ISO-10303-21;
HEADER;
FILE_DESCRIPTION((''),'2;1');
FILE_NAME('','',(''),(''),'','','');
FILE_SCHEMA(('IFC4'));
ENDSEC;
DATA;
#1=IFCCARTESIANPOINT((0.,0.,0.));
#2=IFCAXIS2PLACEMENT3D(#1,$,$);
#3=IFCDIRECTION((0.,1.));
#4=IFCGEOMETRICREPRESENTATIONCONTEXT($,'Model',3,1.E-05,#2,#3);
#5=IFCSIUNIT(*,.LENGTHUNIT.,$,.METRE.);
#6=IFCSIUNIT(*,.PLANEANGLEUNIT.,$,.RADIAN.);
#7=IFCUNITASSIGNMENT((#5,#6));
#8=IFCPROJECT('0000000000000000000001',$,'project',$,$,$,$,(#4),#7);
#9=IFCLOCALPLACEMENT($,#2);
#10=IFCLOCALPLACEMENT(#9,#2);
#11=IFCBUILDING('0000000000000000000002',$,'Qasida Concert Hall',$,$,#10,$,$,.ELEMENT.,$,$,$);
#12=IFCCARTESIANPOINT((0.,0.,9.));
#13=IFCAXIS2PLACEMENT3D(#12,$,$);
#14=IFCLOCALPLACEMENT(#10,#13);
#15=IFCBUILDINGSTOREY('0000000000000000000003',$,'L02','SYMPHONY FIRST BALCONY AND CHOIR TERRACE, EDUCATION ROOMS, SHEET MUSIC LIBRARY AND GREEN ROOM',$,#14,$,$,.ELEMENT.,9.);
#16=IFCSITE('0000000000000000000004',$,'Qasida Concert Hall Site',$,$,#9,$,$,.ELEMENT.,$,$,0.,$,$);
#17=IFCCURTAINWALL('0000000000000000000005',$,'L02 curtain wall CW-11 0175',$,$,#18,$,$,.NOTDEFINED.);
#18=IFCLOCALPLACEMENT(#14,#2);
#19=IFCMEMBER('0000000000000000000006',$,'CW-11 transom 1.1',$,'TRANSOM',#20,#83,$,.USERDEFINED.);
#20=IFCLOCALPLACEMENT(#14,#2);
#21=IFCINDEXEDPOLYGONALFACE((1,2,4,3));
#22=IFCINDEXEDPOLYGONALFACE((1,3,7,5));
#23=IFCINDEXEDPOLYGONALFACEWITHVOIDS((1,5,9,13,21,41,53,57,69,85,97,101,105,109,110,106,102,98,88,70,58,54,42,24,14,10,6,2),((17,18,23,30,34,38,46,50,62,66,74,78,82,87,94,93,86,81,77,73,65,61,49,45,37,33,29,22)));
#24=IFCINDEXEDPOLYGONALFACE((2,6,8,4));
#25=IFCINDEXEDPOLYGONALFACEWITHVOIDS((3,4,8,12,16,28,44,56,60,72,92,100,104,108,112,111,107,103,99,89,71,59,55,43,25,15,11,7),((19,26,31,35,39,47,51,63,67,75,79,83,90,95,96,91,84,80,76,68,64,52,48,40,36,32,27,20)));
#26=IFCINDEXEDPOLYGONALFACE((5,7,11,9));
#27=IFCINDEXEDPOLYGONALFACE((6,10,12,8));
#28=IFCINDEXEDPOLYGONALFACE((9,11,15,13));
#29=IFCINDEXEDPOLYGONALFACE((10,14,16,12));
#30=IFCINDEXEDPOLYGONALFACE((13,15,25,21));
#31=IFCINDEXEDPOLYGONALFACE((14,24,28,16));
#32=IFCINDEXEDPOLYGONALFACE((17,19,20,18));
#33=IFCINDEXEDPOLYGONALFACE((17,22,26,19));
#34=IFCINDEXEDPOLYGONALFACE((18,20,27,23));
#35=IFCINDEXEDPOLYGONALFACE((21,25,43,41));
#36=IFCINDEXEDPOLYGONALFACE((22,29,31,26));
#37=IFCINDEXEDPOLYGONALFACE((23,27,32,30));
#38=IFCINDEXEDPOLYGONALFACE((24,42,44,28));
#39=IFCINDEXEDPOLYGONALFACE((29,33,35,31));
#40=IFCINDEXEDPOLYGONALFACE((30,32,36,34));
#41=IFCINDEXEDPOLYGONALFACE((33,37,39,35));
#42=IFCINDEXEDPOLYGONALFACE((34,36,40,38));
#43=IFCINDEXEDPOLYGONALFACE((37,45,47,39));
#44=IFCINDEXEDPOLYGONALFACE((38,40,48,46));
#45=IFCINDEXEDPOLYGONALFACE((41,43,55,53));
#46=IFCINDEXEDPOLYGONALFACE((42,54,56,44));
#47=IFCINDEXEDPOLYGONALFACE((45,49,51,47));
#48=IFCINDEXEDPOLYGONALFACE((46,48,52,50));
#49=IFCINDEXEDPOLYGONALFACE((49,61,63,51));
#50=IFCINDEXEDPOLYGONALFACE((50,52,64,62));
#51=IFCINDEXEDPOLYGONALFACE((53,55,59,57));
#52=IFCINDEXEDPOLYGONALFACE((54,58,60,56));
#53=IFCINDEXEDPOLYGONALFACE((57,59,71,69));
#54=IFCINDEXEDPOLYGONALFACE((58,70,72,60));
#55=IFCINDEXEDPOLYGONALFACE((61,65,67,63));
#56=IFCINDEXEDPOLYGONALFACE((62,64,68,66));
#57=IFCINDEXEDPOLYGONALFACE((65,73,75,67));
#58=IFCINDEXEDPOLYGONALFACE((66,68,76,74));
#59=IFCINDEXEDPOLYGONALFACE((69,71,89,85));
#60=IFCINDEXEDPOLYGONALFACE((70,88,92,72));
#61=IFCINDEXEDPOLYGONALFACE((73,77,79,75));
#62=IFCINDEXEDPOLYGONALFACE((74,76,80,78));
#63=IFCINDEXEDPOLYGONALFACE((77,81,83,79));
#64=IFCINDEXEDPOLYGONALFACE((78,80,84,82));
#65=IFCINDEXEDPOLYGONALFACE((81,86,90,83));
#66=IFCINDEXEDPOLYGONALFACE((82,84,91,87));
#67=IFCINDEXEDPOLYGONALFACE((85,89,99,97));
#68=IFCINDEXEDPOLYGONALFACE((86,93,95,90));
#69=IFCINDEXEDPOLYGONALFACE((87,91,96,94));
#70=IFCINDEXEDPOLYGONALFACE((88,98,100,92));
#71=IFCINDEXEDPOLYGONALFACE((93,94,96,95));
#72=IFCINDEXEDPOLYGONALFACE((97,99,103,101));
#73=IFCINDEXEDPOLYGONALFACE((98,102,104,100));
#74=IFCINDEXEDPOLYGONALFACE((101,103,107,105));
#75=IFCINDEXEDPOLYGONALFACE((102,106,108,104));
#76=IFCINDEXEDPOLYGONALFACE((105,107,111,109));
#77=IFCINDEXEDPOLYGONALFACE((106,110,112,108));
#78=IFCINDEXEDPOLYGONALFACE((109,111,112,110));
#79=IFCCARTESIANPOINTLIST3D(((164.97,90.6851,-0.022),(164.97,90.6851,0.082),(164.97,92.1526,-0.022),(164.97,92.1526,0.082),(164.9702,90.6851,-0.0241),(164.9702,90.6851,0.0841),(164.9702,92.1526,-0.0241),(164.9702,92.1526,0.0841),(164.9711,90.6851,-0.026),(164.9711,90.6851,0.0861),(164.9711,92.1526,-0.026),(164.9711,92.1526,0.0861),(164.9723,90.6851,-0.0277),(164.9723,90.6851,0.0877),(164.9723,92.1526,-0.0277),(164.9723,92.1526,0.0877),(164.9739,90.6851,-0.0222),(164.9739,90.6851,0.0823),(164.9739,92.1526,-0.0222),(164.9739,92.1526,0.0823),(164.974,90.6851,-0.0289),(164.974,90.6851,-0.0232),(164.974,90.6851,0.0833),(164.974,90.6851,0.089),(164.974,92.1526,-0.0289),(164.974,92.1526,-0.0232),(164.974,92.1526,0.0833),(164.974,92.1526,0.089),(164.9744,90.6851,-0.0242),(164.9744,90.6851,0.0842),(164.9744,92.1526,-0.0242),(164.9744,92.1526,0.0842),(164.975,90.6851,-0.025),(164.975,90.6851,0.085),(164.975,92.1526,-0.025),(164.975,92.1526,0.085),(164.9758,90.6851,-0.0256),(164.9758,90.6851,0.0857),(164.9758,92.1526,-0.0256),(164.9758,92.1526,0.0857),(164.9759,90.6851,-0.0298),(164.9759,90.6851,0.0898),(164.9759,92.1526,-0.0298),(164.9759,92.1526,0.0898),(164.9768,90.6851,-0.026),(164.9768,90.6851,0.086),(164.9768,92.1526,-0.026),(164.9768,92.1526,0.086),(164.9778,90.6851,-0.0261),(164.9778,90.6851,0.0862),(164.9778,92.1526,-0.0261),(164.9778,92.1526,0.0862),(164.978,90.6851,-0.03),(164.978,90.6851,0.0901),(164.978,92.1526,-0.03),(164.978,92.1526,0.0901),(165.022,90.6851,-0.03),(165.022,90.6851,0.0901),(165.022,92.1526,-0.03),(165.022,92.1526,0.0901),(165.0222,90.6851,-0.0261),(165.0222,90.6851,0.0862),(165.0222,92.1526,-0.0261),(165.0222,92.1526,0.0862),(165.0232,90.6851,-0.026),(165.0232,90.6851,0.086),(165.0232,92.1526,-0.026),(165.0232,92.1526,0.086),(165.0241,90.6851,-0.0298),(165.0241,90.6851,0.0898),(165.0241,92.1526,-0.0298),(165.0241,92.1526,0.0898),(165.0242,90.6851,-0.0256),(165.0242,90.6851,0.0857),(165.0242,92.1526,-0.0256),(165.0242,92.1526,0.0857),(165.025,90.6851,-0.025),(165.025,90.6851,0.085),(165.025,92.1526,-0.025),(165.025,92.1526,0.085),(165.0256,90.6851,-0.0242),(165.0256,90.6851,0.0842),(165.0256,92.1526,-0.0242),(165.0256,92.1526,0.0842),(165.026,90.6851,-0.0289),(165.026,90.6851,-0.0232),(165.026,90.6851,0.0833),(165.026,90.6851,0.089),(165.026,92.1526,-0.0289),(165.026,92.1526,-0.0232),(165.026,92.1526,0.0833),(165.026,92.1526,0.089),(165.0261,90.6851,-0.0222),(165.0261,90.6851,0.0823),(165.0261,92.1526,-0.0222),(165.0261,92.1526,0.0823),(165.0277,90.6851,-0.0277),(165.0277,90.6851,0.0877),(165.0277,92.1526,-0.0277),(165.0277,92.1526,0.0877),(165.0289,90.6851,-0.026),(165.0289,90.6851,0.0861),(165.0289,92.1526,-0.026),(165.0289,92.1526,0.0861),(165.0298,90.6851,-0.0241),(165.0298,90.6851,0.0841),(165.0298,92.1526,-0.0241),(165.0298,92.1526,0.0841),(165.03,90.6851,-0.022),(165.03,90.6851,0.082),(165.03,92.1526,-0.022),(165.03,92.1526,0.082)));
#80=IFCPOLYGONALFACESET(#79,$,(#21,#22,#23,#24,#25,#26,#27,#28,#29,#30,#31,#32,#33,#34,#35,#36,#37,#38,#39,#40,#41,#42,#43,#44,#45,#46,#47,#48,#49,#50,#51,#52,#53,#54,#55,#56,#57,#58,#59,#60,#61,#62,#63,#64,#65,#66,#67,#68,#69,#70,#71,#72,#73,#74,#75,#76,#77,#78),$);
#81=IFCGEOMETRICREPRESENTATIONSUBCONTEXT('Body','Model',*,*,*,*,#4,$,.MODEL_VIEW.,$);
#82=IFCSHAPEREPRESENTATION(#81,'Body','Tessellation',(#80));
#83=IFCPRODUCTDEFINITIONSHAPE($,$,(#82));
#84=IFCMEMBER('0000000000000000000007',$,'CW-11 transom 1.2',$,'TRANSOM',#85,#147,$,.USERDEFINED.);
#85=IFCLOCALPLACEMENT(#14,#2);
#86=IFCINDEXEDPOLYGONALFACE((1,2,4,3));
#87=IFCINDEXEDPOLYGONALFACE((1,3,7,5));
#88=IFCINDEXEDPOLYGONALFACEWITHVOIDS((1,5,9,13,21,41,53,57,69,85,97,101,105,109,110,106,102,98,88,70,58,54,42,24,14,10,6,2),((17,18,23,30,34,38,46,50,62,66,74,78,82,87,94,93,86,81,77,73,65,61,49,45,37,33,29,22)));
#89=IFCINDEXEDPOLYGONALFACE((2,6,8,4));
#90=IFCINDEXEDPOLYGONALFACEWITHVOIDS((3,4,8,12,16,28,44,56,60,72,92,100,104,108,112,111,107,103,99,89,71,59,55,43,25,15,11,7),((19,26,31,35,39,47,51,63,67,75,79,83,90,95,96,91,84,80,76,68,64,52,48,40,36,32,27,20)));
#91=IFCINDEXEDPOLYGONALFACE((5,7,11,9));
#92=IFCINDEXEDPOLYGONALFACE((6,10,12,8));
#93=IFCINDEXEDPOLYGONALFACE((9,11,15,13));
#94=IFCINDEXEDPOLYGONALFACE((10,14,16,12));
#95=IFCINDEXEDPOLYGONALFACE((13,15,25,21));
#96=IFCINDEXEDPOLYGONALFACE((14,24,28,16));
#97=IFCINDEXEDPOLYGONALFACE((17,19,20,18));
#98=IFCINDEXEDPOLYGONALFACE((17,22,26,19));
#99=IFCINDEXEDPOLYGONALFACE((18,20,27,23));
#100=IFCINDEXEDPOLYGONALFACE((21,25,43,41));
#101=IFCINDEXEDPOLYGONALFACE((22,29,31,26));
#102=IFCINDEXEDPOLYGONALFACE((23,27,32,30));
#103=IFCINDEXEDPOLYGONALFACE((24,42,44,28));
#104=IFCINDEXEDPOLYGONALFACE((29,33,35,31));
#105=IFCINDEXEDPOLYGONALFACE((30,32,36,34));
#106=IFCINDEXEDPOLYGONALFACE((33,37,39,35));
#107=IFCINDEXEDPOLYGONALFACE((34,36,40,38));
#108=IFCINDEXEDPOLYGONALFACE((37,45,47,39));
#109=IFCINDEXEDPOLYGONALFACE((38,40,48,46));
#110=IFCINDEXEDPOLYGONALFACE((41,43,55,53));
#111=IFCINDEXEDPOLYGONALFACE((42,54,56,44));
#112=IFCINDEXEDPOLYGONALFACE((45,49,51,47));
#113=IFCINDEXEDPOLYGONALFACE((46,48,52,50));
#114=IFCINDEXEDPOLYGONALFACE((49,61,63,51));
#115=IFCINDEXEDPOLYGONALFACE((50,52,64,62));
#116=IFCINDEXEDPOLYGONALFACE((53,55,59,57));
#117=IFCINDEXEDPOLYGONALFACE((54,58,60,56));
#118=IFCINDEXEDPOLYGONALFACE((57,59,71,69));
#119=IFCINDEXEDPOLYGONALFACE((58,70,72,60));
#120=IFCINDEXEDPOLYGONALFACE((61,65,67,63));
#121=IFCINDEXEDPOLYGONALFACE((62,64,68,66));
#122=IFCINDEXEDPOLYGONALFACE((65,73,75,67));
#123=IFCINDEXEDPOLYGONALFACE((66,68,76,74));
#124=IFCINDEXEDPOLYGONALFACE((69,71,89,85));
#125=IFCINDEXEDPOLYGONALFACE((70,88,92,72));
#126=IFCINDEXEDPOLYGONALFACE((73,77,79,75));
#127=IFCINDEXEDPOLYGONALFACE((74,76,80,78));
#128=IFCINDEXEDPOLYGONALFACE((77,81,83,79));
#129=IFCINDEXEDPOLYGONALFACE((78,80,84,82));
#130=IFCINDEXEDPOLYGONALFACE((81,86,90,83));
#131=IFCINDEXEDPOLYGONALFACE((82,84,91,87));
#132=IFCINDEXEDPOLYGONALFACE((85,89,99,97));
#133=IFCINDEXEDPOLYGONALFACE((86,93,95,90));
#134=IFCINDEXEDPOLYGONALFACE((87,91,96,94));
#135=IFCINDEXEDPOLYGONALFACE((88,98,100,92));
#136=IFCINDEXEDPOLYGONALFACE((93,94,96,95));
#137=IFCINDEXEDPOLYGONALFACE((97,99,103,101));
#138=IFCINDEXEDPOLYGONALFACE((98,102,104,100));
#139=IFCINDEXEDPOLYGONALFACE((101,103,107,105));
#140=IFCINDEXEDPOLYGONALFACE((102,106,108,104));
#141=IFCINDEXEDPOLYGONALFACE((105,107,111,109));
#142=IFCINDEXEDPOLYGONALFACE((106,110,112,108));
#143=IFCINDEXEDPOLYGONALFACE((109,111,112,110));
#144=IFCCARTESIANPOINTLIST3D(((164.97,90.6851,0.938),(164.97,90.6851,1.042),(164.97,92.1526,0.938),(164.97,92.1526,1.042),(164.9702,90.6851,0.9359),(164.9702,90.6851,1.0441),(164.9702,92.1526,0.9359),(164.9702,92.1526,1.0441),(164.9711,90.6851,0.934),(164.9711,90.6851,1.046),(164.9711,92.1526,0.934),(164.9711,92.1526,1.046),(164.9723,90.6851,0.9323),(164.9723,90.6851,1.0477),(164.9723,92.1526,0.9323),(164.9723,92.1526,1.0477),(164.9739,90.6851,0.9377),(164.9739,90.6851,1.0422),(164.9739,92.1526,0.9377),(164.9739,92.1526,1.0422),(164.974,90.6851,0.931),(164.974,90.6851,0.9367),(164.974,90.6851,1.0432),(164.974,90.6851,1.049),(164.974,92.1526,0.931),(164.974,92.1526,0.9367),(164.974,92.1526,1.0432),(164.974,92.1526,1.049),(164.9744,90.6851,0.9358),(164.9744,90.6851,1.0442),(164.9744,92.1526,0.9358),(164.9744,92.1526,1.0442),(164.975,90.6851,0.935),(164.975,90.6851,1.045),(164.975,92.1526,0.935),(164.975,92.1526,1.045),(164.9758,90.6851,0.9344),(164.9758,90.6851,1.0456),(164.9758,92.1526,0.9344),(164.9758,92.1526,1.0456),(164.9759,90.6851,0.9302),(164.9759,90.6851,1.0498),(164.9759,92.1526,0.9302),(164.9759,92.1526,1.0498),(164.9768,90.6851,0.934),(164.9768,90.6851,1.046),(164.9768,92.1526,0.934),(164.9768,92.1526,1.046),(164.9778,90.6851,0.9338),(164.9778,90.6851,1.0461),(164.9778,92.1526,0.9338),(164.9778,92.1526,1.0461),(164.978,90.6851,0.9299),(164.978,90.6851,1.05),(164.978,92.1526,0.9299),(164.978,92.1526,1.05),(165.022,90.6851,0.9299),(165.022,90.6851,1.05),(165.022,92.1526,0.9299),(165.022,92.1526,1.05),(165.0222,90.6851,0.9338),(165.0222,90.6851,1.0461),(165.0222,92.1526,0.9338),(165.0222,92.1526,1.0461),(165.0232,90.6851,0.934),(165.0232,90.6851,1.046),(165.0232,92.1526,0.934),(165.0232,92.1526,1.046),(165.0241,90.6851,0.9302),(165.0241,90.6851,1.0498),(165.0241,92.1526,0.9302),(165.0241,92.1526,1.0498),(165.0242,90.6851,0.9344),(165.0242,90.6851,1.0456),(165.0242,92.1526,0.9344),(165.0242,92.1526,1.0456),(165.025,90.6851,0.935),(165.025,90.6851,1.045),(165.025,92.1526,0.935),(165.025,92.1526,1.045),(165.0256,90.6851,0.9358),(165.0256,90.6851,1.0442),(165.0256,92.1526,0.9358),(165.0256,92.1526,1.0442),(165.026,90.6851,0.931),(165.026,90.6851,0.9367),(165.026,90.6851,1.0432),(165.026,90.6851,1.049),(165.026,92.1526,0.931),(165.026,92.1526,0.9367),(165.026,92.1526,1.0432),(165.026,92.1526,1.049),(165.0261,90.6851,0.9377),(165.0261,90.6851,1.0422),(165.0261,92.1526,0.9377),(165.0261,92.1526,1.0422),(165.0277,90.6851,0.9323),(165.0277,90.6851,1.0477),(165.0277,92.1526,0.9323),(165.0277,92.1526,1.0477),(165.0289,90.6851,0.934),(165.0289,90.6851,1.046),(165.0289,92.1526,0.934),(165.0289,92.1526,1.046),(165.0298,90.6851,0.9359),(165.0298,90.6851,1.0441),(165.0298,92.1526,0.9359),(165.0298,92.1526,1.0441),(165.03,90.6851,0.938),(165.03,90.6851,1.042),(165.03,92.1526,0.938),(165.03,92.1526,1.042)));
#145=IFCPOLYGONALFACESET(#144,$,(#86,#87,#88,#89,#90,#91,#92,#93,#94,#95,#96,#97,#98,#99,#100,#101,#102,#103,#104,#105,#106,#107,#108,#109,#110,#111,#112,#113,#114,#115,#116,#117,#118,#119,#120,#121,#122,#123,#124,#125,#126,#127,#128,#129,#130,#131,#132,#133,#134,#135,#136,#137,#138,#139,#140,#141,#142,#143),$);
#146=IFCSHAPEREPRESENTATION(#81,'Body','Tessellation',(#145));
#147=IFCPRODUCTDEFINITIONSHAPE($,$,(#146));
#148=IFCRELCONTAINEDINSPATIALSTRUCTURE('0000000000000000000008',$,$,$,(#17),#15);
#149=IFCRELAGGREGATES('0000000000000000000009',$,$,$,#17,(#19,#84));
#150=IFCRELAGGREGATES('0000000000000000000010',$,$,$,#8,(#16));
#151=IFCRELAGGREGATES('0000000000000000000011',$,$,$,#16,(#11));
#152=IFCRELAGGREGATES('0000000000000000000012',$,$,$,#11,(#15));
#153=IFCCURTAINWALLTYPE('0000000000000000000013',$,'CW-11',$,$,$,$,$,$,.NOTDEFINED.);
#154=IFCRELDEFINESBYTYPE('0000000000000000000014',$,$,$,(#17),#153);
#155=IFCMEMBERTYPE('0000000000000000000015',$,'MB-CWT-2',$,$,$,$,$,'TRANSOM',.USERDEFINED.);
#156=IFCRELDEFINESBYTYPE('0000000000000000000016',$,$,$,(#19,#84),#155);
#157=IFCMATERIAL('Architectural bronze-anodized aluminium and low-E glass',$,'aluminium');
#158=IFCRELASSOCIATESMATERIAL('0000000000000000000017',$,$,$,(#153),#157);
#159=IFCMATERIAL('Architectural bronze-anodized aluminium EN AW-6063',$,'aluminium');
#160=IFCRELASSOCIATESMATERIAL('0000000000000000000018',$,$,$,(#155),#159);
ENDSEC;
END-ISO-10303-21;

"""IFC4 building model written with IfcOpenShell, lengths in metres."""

from ifc_helpers import new_model, si_unit, direction, frame, origin, origin_2d, place, context, subcontext, project, spatial, hollow_rectangle, extrude, material, material_profile, profile_set, type_object, element, aggregate, save


model = new_model("IFC4")

# Units and contexts
model_context = context("Model", 3, precision=1e-05, world=origin(), true_north=direction((0.0, 1.0)))
body_context = subcontext(model_context, "Body", "Model", "MODEL_VIEW")
ifc_project = project(units=[si_unit("LENGTHUNIT", "METRE"), si_unit("PLANEANGLEUNIT", "RADIAN")], contexts=[model_context])

# Site, building, storey
site_placement = place(None, origin())
site = spatial("IfcSite", under=ifc_project, at=site_placement, Name="Qasida Concert Hall Site", CompositionType="ELEMENT", RefElevation=0.0)
building_placement = place(site_placement, origin())
building = spatial("IfcBuilding", under=site, at=building_placement, Name="Qasida Concert Hall", CompositionType="ELEMENT")
storey_placement = place(building_placement, frame((0.0, 0.0, 9.0)))
storey = spatial("IfcBuildingStorey", under=building, at=storey_placement, Name="L02", Description="SYMPHONY FIRST BALCONY AND CHOIR TERRACE, EDUCATION ROOMS, SHEET MUSIC LIBRARY AND GREEN ROOM", CompositionType="ELEMENT", Elevation=9.0)

# Curtain wall, members
ifc_material_1 = material(Name="Architectural bronze-anodized aluminium and low-E glass", Category="aluminium")
curtain_wall_type = type_object("IfcCurtainWallType", Name="CW-11", PredefinedType="NOTDEFINED", material=ifc_material_1)
curtain_wall_placement = place(storey_placement, origin())
curtain_wall = element("IfcCurtainWall", 1, at=curtain_wall_placement, inside=storey, type_object=curtain_wall_type, Name="L02 curtain wall CW-11 0175", PredefinedType="NOTDEFINED")
ifc_material_2 = material(Name="Architectural bronze-anodized aluminium EN AW-6063", Category="aluminium")
ifc_material_profile_1 = material_profile(ifc_material_2, hollow_rectangle(XDim=0.0601, YDim=0.1201, WallThickness=0.0039, InnerFilletRadius=0.0039, OuterFilletRadius=0.0081, at=origin_2d()), Name="CWT 120x60x4")
ifc_profile_set_1 = profile_set([ifc_material_profile_1], Name="Architectural bronze-anodized aluminium EN AW-6063")
member_type_1 = type_object("IfcMemberType", Name="MB-CWT-2", ElementType="TRANSOM", PredefinedType="USERDEFINED", material=ifc_profile_set_1)
member_1_placement = place(storey_placement, frame((165.0, 90.6851, 0.03), z_axis=(0.0, 1.0, 0.0), x_axis=(-1.0, 0.0, 0.0)))
member_1 = element("IfcMember", 2, at=member_1_placement, type_object=member_type_1, Name="CW-11 transom 1.1", ObjectType="TRANSOM", PredefinedType="USERDEFINED", context=body_context, shape_type="SweptSolid", body=[
    extrude(hollow_rectangle(XDim=0.0601, YDim=0.1201, WallThickness=0.0039, InnerFilletRadius=0.0039, OuterFilletRadius=0.0081, at=origin_2d()), origin(), (0.0, 0.0, 1.0), 1.4675),
])
member_2_placement = place(storey_placement, frame((165.0, 90.6851, 0.99), z_axis=(0.0, 1.0, 0.0), x_axis=(-1.0, 0.0, 0.0)))
member_2 = element("IfcMember", 3, at=member_2_placement, type_object=member_type_1, Name="CW-11 transom 1.2", ObjectType="TRANSOM", PredefinedType="USERDEFINED", context=body_context, shape_type="SweptSolid", body=[
    extrude(hollow_rectangle(XDim=0.0601, YDim=0.1201, WallThickness=0.0039, InnerFilletRadius=0.0039, OuterFilletRadius=0.0081, at=origin_2d()), origin(), (0.0, 0.0, 1.0), 1.4675),
])
aggregate(curtain_wall, [member_1, member_2])

save(model, "model.ifc")
